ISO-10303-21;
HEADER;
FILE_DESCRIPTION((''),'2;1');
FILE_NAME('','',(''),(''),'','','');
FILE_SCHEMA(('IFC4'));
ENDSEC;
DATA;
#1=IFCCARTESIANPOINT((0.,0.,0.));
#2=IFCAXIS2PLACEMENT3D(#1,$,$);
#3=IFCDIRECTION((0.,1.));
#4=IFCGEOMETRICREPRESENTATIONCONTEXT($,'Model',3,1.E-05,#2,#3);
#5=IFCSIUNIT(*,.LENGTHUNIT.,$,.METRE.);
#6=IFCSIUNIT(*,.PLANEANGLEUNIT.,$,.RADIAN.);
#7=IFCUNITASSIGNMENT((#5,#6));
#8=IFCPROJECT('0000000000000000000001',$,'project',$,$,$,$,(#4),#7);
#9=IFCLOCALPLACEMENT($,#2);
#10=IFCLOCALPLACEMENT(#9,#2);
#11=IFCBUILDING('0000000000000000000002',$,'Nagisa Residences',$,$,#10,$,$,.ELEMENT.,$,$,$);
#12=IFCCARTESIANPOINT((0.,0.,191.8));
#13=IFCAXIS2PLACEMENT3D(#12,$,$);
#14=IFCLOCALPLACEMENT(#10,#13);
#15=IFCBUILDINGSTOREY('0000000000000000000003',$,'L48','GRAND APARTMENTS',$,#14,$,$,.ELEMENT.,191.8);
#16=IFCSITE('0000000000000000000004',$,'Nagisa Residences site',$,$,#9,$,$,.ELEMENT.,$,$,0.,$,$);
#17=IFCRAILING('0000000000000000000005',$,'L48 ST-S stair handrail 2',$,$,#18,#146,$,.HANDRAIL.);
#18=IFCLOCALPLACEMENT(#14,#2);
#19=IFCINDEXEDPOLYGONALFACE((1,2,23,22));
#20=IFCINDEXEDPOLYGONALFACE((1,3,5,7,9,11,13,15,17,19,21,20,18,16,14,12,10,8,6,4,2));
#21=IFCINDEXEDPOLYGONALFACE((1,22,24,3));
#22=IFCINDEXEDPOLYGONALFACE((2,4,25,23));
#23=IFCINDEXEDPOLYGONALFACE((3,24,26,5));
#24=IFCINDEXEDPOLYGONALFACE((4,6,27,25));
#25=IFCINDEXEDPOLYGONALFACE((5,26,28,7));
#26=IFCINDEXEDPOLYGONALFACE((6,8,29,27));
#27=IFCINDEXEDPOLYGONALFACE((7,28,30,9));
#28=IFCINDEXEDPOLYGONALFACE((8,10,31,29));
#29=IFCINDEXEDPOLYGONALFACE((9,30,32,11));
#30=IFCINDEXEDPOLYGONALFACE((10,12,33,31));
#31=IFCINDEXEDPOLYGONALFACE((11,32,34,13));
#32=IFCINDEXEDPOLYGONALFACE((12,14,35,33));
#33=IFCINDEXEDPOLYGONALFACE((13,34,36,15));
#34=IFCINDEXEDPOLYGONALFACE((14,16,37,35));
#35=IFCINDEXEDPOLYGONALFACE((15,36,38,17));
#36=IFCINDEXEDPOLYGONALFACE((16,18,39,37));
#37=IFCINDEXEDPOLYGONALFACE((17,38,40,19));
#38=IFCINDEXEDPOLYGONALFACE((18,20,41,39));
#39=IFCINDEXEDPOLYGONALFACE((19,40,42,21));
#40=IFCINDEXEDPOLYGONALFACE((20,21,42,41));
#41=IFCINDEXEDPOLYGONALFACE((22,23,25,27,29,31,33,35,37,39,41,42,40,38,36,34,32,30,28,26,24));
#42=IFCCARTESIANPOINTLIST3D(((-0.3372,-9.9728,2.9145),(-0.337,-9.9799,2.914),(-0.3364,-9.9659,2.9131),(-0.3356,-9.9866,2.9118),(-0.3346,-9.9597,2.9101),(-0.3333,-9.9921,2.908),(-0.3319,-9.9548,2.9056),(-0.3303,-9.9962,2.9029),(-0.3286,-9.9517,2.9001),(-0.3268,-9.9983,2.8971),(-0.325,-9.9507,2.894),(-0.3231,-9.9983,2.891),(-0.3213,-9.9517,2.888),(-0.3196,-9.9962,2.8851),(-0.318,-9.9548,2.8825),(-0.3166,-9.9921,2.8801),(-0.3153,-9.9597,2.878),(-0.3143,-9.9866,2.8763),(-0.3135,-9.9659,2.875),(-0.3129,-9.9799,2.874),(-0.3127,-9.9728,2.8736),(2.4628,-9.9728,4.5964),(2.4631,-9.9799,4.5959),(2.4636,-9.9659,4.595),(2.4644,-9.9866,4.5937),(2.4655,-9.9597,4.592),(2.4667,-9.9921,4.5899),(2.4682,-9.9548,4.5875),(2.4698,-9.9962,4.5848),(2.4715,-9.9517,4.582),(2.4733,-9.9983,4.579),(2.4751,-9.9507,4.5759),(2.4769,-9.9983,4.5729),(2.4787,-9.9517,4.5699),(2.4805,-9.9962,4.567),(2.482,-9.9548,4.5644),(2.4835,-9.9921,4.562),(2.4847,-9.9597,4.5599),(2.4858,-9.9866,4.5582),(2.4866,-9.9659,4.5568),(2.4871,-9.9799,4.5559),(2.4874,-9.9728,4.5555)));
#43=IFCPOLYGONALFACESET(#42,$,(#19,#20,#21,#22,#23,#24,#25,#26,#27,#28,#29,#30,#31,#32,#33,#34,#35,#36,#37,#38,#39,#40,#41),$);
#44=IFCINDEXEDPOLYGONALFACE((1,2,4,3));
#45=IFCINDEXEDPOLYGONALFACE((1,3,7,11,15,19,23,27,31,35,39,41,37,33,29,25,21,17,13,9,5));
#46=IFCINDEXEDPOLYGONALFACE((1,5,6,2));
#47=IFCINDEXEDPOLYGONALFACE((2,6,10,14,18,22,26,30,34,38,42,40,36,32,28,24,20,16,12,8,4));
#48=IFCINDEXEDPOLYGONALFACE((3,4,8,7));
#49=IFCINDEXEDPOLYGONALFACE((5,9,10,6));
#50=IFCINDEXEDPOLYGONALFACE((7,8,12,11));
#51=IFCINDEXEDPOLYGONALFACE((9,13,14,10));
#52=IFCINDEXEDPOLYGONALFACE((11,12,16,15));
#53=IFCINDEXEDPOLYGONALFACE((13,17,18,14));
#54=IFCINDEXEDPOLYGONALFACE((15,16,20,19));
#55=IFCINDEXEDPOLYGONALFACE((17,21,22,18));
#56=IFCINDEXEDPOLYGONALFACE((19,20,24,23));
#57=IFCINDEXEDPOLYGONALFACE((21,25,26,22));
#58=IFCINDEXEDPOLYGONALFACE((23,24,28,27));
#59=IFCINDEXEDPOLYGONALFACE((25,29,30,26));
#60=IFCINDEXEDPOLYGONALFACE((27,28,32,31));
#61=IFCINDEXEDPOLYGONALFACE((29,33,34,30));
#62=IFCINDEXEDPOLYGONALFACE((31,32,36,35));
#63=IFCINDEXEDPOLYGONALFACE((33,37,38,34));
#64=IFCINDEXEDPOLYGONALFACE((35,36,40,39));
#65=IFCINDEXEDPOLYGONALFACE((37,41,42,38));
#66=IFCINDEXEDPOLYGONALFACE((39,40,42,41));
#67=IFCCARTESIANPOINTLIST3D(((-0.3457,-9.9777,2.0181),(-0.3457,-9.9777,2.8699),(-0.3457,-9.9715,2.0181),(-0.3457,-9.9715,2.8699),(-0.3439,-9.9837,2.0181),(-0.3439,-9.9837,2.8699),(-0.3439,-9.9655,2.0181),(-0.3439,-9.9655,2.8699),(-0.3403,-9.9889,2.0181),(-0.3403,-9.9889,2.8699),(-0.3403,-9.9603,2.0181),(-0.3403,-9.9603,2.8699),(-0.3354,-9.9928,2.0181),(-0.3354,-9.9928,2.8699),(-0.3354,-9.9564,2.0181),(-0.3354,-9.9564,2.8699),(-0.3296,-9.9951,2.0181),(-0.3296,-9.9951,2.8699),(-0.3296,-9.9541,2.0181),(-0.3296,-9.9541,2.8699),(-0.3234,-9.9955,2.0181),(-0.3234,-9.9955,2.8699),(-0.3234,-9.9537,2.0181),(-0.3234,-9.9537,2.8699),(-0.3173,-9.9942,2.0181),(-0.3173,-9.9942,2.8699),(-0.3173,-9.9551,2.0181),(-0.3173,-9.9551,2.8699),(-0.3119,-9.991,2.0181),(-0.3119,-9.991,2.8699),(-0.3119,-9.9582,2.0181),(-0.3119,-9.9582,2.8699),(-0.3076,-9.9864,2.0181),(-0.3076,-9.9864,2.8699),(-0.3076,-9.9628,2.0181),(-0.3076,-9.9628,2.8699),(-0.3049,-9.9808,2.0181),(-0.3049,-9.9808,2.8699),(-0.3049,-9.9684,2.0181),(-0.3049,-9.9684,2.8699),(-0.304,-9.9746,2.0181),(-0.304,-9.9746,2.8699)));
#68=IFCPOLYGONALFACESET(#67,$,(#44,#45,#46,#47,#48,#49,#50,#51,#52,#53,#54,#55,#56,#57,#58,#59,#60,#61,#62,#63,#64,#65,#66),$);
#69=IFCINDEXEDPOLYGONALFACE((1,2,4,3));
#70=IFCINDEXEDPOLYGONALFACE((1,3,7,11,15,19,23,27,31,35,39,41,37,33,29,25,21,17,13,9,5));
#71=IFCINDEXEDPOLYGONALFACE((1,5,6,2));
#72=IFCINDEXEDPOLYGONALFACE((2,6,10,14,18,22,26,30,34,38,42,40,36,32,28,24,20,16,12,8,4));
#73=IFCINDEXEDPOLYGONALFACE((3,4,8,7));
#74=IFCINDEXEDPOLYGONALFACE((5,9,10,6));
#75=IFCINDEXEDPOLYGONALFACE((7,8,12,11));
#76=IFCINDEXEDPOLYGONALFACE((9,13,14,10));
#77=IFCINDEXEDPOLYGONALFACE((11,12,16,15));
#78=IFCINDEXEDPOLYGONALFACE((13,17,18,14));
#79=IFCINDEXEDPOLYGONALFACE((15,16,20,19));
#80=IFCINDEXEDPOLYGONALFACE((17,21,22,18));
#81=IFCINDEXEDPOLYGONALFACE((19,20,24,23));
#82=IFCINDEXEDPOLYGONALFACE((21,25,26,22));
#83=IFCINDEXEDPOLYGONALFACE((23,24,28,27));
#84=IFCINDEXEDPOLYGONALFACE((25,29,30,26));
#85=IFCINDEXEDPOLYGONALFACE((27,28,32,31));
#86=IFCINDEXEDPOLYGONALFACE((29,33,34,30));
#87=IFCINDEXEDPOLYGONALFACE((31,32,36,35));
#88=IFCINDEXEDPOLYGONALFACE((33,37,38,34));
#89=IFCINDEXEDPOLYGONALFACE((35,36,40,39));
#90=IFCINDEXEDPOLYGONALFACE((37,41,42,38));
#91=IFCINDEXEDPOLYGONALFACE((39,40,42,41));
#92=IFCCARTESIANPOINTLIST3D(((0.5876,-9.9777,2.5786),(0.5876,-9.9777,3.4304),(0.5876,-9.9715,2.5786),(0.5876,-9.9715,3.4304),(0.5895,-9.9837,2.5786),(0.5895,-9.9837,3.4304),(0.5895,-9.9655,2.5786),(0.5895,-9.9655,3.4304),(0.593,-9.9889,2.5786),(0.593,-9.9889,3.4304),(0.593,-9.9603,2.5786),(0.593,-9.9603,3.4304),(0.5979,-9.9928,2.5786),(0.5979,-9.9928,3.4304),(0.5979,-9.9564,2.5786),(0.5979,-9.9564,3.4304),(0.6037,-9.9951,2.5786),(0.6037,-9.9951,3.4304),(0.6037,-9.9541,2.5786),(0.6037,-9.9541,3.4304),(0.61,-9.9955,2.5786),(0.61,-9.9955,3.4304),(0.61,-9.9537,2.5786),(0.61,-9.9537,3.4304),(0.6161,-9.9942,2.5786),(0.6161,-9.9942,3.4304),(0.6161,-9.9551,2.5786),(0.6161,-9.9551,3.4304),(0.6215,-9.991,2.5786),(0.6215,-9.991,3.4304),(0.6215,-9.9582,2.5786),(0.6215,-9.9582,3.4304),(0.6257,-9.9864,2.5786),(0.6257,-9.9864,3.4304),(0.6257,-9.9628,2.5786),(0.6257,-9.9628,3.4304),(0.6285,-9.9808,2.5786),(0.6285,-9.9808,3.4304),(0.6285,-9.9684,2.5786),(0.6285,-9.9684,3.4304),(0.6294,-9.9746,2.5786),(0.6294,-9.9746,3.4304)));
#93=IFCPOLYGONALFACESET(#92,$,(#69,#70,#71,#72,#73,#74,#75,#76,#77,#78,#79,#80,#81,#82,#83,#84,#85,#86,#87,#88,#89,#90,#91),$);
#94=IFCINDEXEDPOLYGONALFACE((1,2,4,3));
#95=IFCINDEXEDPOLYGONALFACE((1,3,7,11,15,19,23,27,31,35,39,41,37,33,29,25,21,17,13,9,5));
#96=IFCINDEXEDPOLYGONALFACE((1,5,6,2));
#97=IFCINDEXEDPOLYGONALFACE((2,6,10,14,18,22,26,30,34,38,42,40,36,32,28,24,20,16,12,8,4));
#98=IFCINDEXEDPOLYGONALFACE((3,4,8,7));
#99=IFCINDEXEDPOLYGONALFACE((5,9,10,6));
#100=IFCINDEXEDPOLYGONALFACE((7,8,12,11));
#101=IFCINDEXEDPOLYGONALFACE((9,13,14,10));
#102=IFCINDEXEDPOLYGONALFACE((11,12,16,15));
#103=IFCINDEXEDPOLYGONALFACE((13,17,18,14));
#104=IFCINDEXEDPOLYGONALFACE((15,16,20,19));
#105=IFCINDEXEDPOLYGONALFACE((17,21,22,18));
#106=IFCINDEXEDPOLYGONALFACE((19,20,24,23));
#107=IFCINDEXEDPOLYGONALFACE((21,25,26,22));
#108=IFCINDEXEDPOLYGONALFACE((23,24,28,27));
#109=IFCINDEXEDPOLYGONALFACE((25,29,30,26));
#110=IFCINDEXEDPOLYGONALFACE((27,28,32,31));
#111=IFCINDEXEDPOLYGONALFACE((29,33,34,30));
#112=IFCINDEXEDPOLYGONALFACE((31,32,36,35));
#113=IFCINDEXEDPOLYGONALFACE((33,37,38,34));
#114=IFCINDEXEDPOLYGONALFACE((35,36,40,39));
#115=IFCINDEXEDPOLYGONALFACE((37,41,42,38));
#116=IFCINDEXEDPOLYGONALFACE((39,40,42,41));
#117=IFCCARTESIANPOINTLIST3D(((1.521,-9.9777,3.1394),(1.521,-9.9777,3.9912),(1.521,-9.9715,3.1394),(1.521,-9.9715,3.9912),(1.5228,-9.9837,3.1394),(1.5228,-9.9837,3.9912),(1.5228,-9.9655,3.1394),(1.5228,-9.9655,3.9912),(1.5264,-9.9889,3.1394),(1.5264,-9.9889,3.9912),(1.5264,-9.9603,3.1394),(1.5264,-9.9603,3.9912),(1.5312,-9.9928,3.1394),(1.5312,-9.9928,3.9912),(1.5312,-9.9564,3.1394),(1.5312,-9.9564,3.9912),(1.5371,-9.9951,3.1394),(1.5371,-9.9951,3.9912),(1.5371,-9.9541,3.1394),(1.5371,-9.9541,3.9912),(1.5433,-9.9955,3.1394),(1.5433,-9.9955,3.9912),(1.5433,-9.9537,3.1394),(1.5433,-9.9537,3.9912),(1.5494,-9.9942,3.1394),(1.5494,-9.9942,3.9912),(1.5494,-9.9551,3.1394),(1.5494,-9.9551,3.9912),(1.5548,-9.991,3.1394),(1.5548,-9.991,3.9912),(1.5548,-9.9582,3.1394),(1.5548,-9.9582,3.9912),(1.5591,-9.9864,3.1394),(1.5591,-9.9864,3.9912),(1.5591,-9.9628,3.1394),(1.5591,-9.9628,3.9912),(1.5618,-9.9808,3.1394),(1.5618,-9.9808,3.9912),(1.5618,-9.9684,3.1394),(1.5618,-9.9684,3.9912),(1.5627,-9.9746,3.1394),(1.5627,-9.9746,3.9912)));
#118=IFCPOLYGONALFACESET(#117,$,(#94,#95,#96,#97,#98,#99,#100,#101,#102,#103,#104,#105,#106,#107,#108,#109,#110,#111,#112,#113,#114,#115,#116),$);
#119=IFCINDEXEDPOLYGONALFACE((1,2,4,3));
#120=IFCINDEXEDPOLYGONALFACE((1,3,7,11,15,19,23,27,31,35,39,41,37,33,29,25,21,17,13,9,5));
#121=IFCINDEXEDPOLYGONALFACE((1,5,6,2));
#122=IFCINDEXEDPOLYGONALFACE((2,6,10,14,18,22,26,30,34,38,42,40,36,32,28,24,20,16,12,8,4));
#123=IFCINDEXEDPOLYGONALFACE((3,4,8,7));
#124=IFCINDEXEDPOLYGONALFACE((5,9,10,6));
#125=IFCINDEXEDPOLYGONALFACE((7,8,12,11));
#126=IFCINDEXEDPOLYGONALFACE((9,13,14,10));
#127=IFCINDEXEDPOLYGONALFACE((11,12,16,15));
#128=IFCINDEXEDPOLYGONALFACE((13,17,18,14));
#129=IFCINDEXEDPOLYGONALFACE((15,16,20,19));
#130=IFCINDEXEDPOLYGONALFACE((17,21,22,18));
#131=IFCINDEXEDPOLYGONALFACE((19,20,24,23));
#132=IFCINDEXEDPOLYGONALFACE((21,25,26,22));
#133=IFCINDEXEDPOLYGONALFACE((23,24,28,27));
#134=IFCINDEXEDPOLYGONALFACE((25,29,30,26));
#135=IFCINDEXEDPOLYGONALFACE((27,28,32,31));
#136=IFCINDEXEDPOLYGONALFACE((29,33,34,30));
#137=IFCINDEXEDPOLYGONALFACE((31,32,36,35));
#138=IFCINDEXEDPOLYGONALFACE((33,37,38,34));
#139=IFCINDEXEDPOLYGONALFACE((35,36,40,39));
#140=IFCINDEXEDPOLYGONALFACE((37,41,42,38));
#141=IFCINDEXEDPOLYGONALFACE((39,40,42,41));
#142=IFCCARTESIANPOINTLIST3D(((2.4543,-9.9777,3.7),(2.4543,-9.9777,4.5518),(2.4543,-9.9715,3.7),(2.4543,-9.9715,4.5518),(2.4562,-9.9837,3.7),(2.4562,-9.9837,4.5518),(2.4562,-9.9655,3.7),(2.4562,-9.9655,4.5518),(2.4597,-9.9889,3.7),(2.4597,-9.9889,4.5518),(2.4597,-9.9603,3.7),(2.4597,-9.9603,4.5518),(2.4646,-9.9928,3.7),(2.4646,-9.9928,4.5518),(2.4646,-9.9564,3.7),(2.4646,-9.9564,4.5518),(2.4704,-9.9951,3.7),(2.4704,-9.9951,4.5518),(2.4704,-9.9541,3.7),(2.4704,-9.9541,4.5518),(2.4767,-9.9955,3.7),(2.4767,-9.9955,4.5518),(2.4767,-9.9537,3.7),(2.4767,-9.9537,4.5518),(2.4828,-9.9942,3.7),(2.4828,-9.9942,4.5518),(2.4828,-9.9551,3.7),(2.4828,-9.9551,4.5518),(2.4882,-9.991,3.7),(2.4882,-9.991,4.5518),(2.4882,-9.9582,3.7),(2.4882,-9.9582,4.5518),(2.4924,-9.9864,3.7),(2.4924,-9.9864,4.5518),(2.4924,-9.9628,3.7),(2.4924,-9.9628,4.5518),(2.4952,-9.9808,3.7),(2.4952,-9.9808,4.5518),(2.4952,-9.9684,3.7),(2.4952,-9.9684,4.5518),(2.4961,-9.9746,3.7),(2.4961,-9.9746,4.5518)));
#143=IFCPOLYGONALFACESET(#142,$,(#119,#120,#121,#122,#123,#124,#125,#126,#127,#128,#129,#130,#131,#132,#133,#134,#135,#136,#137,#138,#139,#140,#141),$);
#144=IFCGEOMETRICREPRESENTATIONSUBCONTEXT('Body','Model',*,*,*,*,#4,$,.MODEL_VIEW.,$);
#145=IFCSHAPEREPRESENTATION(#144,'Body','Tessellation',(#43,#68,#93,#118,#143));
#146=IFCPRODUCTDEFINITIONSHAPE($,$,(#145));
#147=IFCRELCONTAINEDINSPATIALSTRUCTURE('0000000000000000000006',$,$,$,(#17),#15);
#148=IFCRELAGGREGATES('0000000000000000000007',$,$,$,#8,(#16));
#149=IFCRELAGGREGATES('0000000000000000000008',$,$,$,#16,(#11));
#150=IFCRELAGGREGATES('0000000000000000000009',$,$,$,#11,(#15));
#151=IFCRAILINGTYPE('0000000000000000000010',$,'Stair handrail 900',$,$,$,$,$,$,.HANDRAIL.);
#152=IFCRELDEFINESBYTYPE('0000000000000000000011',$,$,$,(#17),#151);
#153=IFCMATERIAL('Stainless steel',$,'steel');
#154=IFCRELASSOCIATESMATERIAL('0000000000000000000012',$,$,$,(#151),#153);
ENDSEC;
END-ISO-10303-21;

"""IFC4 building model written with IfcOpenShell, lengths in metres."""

from ifc_helpers import new_model, si_unit, direction, frame, origin, origin_2d, place, context, subcontext, project, spatial, circle, extrude, material, type_object, element, save


model = new_model("IFC4")

# Units and contexts
model_context = context("Model", 3, precision=1e-05, world=origin(), true_north=direction((0.0, 1.0)))
body_context = subcontext(model_context, "Body", "Model", "MODEL_VIEW")
ifc_project = project(units=[si_unit("LENGTHUNIT", "METRE"), si_unit("PLANEANGLEUNIT", "RADIAN")], contexts=[model_context])

# Site, building, storey
site_placement = place(None, origin())
site = spatial("IfcSite", under=ifc_project, at=site_placement, Name="Nagisa Residences site", CompositionType="ELEMENT", RefElevation=0.0)
building_placement = place(site_placement, origin())
building = spatial("IfcBuilding", under=site, at=building_placement, Name="Nagisa Residences", CompositionType="ELEMENT")
storey_placement = place(building_placement, frame((0.0, 0.0, 191.8)))
storey = spatial("IfcBuildingStorey", under=building, at=storey_placement, Name="L48", Description="GRAND APARTMENTS", CompositionType="ELEMENT", Elevation=191.8)

# Railing
ifc_material_1 = material(Name="Stainless steel", Category="steel")
railing_type_1 = type_object("IfcRailingType", Name="Stair handrail 900", PredefinedType="HANDRAIL", material=ifc_material_1)
railing_1_placement = place(storey_placement, frame((-0.325, -9.9746, 2.0181)))
element("IfcRailing", 1, at=railing_1_placement, inside=storey, type_object=railing_type_1, Name="L48 ST-S stair handrail 2", PredefinedType="HANDRAIL", context=body_context, shape_type="SweptSolid", body=[
    extrude(circle(Radius=0.0239, at=origin_2d()), frame((0.0, 0.0, 0.876), z_axis=(0.857242, 0.0, 0.514913), x_axis=(0.0, 1.0, 0.0)), (0.0, 0.0, 1.0), 3.2664),
    extrude(circle(Radius=0.021, at=origin_2d()), origin(), (0.0, 0.0, 1.0), 0.8518),
    extrude(circle(Radius=0.021, at=origin_2d()), frame((0.9333, 0.0, 0.5605)), (0.0, 0.0, 1.0), 0.8518),
    extrude(circle(Radius=0.021, at=origin_2d()), frame((1.8667, 0.0, 1.1213)), (0.0, 0.0, 1.0), 0.8518),
    extrude(circle(Radius=0.021, at=origin_2d()), frame((2.8, 0.0, 1.6819)), (0.0, 0.0, 1.0), 0.8518),
])

save(model, "model.ifc")
